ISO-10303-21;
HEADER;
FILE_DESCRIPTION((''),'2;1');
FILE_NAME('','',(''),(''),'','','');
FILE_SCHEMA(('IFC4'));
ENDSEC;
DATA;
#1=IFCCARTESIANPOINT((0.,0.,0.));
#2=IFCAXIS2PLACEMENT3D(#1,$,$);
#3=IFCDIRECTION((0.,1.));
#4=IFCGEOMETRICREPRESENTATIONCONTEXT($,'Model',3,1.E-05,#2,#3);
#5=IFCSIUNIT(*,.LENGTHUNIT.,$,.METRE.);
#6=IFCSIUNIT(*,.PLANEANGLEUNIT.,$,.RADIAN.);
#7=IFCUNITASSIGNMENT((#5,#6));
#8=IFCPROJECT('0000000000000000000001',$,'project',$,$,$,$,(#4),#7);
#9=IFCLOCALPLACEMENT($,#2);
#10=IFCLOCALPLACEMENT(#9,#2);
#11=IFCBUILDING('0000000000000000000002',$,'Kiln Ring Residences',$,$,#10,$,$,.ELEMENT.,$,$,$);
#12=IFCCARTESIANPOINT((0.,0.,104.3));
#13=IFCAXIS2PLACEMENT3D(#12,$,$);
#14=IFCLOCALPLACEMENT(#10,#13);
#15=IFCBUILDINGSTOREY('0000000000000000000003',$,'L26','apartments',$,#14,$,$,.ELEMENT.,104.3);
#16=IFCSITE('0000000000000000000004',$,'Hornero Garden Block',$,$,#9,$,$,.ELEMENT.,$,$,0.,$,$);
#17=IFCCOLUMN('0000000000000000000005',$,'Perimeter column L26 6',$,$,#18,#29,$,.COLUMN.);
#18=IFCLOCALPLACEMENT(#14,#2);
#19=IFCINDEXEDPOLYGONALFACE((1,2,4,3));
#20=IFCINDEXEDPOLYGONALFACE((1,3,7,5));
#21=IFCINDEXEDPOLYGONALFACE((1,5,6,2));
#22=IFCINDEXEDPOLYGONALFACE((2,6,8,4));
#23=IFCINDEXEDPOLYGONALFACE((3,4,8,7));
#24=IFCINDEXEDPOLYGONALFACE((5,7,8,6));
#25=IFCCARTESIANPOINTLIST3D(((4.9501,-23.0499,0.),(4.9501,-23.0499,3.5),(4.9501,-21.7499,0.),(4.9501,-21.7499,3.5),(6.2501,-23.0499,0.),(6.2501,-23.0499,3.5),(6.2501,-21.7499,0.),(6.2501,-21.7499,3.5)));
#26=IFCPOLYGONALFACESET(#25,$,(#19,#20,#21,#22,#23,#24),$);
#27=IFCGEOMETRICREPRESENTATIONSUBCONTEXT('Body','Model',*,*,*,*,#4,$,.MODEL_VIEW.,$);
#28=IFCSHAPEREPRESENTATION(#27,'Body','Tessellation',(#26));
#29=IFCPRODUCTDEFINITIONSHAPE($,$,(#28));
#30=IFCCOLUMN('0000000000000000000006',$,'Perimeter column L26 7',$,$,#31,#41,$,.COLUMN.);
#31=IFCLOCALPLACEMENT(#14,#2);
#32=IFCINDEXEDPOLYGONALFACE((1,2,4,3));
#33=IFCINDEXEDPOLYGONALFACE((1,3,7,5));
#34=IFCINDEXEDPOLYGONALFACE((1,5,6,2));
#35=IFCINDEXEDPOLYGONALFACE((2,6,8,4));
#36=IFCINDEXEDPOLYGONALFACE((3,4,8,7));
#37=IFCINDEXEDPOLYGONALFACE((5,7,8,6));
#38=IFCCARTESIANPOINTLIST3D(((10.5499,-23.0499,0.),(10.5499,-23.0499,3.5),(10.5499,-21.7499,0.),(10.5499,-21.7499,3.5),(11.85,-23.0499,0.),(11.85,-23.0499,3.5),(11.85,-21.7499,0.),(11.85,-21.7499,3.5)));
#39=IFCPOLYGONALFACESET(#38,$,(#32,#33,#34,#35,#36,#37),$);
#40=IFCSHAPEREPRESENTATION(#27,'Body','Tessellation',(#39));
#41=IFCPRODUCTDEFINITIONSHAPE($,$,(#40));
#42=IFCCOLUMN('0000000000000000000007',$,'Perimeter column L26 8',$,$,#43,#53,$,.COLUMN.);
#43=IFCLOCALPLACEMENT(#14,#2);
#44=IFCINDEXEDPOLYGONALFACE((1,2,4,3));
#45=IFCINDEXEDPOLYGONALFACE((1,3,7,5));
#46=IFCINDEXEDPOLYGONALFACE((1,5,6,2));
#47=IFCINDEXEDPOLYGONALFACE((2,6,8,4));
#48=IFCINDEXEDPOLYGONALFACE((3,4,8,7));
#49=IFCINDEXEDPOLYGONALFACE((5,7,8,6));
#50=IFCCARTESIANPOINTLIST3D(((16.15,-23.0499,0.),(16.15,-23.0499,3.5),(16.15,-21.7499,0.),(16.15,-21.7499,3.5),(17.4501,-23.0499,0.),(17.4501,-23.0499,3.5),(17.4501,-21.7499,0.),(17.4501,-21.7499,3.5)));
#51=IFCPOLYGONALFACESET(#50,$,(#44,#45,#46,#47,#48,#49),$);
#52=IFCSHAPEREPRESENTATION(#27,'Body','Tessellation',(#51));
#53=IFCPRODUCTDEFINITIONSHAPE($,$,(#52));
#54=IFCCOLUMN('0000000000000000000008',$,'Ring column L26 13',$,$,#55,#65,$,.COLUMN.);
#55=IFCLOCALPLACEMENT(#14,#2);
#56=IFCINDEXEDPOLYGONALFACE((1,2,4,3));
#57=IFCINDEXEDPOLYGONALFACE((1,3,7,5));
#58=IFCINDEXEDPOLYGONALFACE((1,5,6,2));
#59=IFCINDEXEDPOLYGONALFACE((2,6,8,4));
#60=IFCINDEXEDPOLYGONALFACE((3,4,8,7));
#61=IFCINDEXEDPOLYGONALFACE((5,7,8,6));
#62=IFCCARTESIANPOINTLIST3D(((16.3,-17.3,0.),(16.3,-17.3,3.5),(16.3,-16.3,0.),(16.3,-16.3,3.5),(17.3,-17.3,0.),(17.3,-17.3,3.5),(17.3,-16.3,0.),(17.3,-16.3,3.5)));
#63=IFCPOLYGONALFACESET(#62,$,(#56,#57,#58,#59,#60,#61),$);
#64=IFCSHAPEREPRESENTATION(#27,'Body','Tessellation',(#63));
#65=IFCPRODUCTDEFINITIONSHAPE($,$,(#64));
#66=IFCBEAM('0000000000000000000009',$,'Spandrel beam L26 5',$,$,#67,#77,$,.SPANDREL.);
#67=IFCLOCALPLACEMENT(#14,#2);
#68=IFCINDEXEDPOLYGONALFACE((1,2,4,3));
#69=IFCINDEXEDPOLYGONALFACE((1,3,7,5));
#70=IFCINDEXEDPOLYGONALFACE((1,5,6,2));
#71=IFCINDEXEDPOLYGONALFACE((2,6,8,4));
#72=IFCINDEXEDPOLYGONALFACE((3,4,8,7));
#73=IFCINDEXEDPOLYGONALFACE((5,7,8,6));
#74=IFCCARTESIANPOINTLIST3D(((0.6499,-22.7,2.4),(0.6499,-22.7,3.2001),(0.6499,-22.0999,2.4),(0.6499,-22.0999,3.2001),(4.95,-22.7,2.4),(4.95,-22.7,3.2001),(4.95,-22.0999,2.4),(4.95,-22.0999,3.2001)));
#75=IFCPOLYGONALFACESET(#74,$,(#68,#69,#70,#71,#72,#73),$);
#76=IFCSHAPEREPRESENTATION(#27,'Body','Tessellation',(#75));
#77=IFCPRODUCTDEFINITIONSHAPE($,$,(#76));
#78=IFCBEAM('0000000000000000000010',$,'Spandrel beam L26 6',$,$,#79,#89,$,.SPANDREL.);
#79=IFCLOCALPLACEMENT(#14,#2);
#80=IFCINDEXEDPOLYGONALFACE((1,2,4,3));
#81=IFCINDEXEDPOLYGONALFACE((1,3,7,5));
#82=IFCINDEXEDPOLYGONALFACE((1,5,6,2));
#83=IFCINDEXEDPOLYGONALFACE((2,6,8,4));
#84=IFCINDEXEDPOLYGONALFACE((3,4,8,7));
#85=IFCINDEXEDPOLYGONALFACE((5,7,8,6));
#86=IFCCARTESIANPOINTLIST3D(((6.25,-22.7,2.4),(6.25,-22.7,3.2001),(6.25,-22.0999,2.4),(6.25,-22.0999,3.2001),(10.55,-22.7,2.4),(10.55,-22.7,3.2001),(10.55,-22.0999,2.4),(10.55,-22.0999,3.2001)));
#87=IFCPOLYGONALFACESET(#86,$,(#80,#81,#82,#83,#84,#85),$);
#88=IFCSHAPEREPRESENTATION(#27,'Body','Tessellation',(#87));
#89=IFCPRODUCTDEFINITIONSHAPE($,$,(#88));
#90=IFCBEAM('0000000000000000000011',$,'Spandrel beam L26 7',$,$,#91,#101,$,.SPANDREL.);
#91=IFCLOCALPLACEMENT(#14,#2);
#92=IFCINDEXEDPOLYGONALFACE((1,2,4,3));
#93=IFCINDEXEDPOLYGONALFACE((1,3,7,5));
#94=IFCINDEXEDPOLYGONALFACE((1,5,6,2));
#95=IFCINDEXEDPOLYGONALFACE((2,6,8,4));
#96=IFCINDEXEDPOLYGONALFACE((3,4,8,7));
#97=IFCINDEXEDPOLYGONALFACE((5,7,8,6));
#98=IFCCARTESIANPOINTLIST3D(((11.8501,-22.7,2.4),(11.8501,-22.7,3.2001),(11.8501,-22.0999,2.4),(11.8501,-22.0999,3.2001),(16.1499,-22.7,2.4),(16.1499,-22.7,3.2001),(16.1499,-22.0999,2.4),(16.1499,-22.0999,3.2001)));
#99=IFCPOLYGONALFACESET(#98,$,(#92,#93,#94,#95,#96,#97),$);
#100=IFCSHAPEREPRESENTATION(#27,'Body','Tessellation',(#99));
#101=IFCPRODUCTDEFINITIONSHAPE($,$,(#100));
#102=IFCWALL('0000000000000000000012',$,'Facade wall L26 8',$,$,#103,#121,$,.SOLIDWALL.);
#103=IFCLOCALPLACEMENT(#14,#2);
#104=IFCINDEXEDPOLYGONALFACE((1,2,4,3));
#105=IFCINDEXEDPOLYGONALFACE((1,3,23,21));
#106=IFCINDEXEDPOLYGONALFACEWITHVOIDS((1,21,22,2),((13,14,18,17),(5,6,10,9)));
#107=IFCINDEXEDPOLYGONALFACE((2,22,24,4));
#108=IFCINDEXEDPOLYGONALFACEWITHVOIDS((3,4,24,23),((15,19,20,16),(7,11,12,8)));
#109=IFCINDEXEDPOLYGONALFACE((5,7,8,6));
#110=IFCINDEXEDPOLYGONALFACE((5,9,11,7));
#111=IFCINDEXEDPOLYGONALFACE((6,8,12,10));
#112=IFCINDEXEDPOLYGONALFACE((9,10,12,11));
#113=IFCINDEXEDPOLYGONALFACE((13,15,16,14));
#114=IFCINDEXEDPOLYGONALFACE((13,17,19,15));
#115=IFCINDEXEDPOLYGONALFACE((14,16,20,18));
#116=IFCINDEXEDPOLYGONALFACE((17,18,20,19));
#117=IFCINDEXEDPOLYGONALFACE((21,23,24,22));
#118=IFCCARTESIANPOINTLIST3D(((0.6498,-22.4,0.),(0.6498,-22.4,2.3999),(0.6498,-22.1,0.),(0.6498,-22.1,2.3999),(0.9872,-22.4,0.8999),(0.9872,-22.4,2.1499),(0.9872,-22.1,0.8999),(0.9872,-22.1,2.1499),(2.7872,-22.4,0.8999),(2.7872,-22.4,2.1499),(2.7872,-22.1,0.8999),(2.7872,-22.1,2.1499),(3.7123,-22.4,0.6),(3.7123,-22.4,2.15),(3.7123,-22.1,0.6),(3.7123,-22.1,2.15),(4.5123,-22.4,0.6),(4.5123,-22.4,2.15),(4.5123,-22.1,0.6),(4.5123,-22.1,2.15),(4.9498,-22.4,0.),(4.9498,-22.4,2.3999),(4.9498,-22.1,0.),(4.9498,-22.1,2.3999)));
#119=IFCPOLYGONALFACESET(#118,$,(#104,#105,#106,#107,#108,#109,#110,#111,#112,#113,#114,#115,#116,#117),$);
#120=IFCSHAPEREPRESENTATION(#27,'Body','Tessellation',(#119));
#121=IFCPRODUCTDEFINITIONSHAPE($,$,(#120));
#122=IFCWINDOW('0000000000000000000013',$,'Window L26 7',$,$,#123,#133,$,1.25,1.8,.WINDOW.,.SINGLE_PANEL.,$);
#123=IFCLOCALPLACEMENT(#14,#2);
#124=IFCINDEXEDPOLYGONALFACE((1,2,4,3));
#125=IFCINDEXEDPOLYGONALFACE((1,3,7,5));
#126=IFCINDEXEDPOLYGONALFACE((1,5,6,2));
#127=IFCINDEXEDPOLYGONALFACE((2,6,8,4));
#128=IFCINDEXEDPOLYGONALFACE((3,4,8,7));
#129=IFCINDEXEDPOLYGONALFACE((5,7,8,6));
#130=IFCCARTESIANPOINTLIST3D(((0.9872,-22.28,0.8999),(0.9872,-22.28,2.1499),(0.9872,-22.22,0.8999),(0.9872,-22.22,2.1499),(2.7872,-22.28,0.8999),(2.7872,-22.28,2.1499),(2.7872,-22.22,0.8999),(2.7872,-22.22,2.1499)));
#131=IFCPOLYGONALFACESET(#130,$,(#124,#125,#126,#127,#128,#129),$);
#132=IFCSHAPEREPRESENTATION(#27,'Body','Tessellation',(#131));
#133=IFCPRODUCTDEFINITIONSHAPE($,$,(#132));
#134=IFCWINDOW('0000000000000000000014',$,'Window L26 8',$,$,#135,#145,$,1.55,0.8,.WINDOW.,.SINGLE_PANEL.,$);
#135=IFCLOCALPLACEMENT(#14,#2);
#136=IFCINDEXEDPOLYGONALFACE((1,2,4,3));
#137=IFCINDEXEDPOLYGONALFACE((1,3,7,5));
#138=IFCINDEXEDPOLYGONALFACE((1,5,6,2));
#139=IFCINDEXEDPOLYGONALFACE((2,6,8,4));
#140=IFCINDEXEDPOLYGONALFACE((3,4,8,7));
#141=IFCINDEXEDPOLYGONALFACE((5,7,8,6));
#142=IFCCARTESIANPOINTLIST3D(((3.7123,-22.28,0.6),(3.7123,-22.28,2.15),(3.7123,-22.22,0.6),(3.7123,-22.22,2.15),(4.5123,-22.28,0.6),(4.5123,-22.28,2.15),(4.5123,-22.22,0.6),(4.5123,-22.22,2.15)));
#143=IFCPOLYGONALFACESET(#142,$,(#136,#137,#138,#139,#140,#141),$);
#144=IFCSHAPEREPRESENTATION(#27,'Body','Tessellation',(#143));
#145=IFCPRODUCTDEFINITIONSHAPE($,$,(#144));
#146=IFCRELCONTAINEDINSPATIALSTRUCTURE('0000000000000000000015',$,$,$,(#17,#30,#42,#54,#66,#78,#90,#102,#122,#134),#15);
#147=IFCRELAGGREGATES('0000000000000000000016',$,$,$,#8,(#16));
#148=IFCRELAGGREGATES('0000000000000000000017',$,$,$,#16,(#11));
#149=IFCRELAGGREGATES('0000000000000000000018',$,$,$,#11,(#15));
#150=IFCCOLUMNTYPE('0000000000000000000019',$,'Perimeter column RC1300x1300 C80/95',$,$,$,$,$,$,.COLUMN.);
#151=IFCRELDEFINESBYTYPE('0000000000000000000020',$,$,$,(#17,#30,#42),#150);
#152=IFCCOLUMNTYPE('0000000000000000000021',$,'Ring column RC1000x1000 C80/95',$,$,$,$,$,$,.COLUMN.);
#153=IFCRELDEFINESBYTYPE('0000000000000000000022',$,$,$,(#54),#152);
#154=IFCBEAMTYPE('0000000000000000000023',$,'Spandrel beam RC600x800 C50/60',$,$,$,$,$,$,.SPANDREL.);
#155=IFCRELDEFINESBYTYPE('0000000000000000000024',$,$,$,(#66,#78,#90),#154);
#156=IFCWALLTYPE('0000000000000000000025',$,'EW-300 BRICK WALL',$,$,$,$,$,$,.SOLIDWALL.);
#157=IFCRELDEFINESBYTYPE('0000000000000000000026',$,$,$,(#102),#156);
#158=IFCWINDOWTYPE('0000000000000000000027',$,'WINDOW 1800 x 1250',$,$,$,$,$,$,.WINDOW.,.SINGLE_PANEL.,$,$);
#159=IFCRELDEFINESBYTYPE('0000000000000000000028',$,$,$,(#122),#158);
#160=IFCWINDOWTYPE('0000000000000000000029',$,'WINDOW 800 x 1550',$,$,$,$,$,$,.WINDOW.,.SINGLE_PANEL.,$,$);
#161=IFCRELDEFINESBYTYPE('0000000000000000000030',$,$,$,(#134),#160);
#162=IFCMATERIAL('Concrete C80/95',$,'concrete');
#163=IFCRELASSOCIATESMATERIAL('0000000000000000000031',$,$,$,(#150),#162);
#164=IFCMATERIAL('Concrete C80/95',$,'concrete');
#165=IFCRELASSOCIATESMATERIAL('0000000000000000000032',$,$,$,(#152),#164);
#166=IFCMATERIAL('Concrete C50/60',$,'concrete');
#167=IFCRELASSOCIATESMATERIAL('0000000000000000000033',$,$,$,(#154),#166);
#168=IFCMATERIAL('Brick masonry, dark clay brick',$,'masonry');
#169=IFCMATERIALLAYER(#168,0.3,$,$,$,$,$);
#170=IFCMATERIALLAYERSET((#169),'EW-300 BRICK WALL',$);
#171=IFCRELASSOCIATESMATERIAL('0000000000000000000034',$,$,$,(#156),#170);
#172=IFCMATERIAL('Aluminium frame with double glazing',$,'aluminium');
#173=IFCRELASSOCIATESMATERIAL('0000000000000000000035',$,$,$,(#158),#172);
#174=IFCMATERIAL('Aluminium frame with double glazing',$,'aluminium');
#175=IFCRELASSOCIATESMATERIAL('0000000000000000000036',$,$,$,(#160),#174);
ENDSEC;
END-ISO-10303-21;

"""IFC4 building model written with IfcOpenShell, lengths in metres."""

from ifc_helpers import new_model, si_unit, direction, frame, frame_2d, origin, origin_2d, place, context, subcontext, project, spatial, rectangle, extrude, material, layer, layer_set, material_profile, profile_set, type_object, element, fill, save


model = new_model("IFC4")

# Units and contexts
model_context = context("Model", 3, precision=1e-05, world=origin(), true_north=direction((0.0, 1.0)))
body_context = subcontext(model_context, "Body", "Model", "MODEL_VIEW")
ifc_project = project(units=[si_unit("LENGTHUNIT", "METRE"), si_unit("PLANEANGLEUNIT", "RADIAN")], contexts=[model_context])

# Site, building, storey
site_placement = place(None, origin())
site = spatial("IfcSite", under=ifc_project, at=site_placement, Name="Hornero Garden Block", CompositionType="ELEMENT", RefElevation=0.0)
building_placement = place(site_placement, origin())
building = spatial("IfcBuilding", under=site, at=building_placement, Name="Kiln Ring Residences", CompositionType="ELEMENT")
storey_placement = place(building_placement, frame((0.0, 0.0, 104.3)))
storey = spatial("IfcBuildingStorey", under=building, at=storey_placement, Name="L26", Description="apartments", CompositionType="ELEMENT", Elevation=104.3)

# Columns
ifc_material_1 = material(Name="Concrete C80/95", Category="concrete")
ifc_material_profile_1 = material_profile(ifc_material_1, rectangle(XDim=1.3, YDim=1.3, at=origin_2d()), Name="RC1300x1300")
ifc_profile_set_1 = profile_set([ifc_material_profile_1], Name="Concrete C80/95")
column_type_1 = type_object("IfcColumnType", Name="Perimeter column RC1300x1300 C80/95", PredefinedType="COLUMN", material=ifc_profile_set_1)
for number, where, z_axis, x_axis, name in (
    (1, (5.6001, -22.3999, 0.0), (0.0, 0.0, 1.0), (1.0, 0.0, 0.0), "Perimeter column L26 6"),
    (2, (11.2, -22.3999, 0.0), (0.0, 0.0, 1.0), (1.0, 0.0, 0.0), "Perimeter column L26 7"),
    (3, (16.8, -22.3999, 0.0), (0.0, 0.0, 1.0), (1.0, 0.0, 0.0), "Perimeter column L26 8"),
):
    element("IfcColumn", number, at=place(storey_placement, frame(where, z_axis=z_axis, x_axis=x_axis)), inside=storey, type_object=column_type_1, Name=name, PredefinedType="COLUMN", context=body_context, shape_type="SweptSolid", body=[
        extrude(rectangle(XDim=1.3, YDim=1.3, at=origin_2d()), origin(), (0.0, 0.0, 1.0), 3.5),
    ])
ifc_material_2 = material(Name="Concrete C80/95", Category="concrete")
ifc_material_profile_2 = material_profile(ifc_material_2, rectangle(XDim=1.0, YDim=1.0, at=origin_2d()), Name="RC1000x1000")
ifc_profile_set_2 = profile_set([ifc_material_profile_2], Name="Concrete C80/95")
column_type_2 = type_object("IfcColumnType", Name="Ring column RC1000x1000 C80/95", PredefinedType="COLUMN", material=ifc_profile_set_2)
column_placement = place(storey_placement, frame((16.8, -16.8, 0.0), z_axis=(0.0, 0.0, 1.0), x_axis=(1.0, 0.0, 0.0)))
element("IfcColumn", 4, at=column_placement, inside=storey, type_object=column_type_2, Name="Ring column L26 13", PredefinedType="COLUMN", context=body_context, shape_type="SweptSolid", body=[
    extrude(rectangle(XDim=1.0, YDim=1.0, at=origin_2d()), origin(), (0.0, 0.0, 1.0), 3.5),
])

# Beams
ifc_material_3 = material(Name="Concrete C50/60", Category="concrete")
ifc_material_profile_3 = material_profile(ifc_material_3, rectangle(XDim=0.6001, YDim=0.8, at=origin_2d()), Name="RC600x800")
ifc_profile_set_3 = profile_set([ifc_material_profile_3], Name="Concrete C50/60")
beam_type = type_object("IfcBeamType", Name="Spandrel beam RC600x800 C50/60", PredefinedType="SPANDREL", material=ifc_profile_set_3)
for number, where, z_axis, x_axis, name in (
    (5, (0.6499, -22.3999, 2.8), (1.0, 0.0, 0.0), (0.0, 1.0, 0.0), "Spandrel beam L26 5"),
    (6, (6.25, -22.3999, 2.8), (1.0, 0.0, 0.0), (0.0, 1.0, 0.0), "Spandrel beam L26 6"),
):
    element("IfcBeam", number, at=place(storey_placement, frame(where, z_axis=z_axis, x_axis=x_axis)), inside=storey, type_object=beam_type, Name=name, PredefinedType="SPANDREL", context=body_context, shape_type="SweptSolid", body=[
        extrude(rectangle(XDim=0.6001, YDim=0.8, at=origin_2d()), origin(), (0.0, 0.0, 1.0), 4.3),
    ])
beam_placement = place(storey_placement, frame((11.8501, -22.3999, 2.8), z_axis=(1.0, 0.0, 0.0), x_axis=(0.0, 1.0, 0.0)))
element("IfcBeam", 7, at=beam_placement, inside=storey, type_object=beam_type, Name="Spandrel beam L26 7", PredefinedType="SPANDREL", context=body_context, shape_type="SweptSolid", body=[
    extrude(rectangle(XDim=0.6001, YDim=0.8, at=origin_2d()), origin(), (0.0, 0.0, 1.0), 4.2998),
])

# Wall, openings, windows
ifc_material_4 = material(Name="Brick masonry, dark clay brick", Category="masonry")
ifc_layer_1 = layer(ifc_material_4, 0.3)
ifc_layer_set_1 = layer_set([ifc_layer_1], Name="EW-300 BRICK WALL")
wall_type_1 = type_object("IfcWallType", Name="EW-300 BRICK WALL", PredefinedType="SOLIDWALL", material=ifc_layer_set_1)
wall_1_placement = place(storey_placement, frame((0.6499, -22.25, 0.0), z_axis=(0.0, 0.0, 1.0), x_axis=(1.0, 0.0, 0.0)))
wall_1 = element("IfcWall", 8, at=wall_1_placement, inside=storey, type_object=wall_type_1, Name="Facade wall L26 8", PredefinedType="SOLIDWALL", context=body_context, shape_type="SweptSolid", body=[
    extrude(rectangle(XDim=4.3, YDim=0.3, at=frame_2d((2.1499, 0.0))), origin(), (0.0, 0.0, 1.0), 2.3999),
])
opening_1_placement = place(wall_1_placement, frame((0.3374, 0.0, 0.8999)))
opening_1 = element("IfcOpeningElement", 9, at=opening_1_placement, cuts=wall_1, PredefinedType="OPENING", context=body_context, shape_type="SweptSolid", body=[
    extrude(rectangle(XDim=1.8, YDim=1.25, at=frame_2d((0.8999, 0.625))), frame((0.0, 0.1599, 0.0), z_axis=(0.0, -1.0, 0.0), x_axis=(1.0, 0.0, 0.0)), (0.0, 0.0, 1.0), 0.3201),
])
opening_2_placement = place(wall_1_placement, frame((3.0625, 0.0, 0.6001)))
opening_2 = element("IfcOpeningElement", 10, at=opening_2_placement, cuts=wall_1, PredefinedType="OPENING", context=body_context, shape_type="SweptSolid", body=[
    extrude(rectangle(XDim=0.8, YDim=1.55, at=frame_2d((0.3999, 0.7749))), frame((0.0, 0.1599, 0.0), z_axis=(0.0, -1.0, 0.0), x_axis=(1.0, 0.0, 0.0)), (0.0, 0.0, 1.0), 0.3201),
])
ifc_material_5 = material(Name="Aluminium frame with double glazing", Category="aluminium")
window_type_1 = type_object("IfcWindowType", Name="WINDOW 1800 x 1250", PartitioningType="SINGLE_PANEL", PredefinedType="WINDOW", material=ifc_material_5)
window_1_placement = place(opening_1_placement, origin())
window_1 = element("IfcWindow", 11, at=window_1_placement, inside=storey, type_object=window_type_1, Name="Window L26 7", OverallHeight=1.25, OverallWidth=1.8, PartitioningType="SINGLE_PANEL", PredefinedType="WINDOW", context=body_context, shape_type="SweptSolid", body=[
    extrude(rectangle(XDim=1.8, YDim=1.25, at=frame_2d((0.8999, 0.625))), frame((0.0, 0.03, 0.0), z_axis=(0.0, -1.0, 0.0), x_axis=(1.0, 0.0, 0.0)), (0.0, 0.0, 1.0), 0.0601),
])
fill(opening_1, window_1)
ifc_material_6 = material(Name="Aluminium frame with double glazing", Category="aluminium")
window_type_2 = type_object("IfcWindowType", Name="WINDOW 800 x 1550", PartitioningType="SINGLE_PANEL", PredefinedType="WINDOW", material=ifc_material_6)
window_2_placement = place(opening_2_placement, origin())
window_2 = element("IfcWindow", 12, at=window_2_placement, inside=storey, type_object=window_type_2, Name="Window L26 8", OverallHeight=1.55, OverallWidth=0.8, PartitioningType="SINGLE_PANEL", PredefinedType="WINDOW", context=body_context, shape_type="SweptSolid", body=[
    extrude(rectangle(XDim=0.8, YDim=1.55, at=frame_2d((0.3999, 0.7749))), frame((0.0, 0.03, 0.0), z_axis=(0.0, -1.0, 0.0), x_axis=(1.0, 0.0, 0.0)), (0.0, 0.0, 1.0), 0.0601),
])
fill(opening_2, window_2)

save(model, "model.ifc")
